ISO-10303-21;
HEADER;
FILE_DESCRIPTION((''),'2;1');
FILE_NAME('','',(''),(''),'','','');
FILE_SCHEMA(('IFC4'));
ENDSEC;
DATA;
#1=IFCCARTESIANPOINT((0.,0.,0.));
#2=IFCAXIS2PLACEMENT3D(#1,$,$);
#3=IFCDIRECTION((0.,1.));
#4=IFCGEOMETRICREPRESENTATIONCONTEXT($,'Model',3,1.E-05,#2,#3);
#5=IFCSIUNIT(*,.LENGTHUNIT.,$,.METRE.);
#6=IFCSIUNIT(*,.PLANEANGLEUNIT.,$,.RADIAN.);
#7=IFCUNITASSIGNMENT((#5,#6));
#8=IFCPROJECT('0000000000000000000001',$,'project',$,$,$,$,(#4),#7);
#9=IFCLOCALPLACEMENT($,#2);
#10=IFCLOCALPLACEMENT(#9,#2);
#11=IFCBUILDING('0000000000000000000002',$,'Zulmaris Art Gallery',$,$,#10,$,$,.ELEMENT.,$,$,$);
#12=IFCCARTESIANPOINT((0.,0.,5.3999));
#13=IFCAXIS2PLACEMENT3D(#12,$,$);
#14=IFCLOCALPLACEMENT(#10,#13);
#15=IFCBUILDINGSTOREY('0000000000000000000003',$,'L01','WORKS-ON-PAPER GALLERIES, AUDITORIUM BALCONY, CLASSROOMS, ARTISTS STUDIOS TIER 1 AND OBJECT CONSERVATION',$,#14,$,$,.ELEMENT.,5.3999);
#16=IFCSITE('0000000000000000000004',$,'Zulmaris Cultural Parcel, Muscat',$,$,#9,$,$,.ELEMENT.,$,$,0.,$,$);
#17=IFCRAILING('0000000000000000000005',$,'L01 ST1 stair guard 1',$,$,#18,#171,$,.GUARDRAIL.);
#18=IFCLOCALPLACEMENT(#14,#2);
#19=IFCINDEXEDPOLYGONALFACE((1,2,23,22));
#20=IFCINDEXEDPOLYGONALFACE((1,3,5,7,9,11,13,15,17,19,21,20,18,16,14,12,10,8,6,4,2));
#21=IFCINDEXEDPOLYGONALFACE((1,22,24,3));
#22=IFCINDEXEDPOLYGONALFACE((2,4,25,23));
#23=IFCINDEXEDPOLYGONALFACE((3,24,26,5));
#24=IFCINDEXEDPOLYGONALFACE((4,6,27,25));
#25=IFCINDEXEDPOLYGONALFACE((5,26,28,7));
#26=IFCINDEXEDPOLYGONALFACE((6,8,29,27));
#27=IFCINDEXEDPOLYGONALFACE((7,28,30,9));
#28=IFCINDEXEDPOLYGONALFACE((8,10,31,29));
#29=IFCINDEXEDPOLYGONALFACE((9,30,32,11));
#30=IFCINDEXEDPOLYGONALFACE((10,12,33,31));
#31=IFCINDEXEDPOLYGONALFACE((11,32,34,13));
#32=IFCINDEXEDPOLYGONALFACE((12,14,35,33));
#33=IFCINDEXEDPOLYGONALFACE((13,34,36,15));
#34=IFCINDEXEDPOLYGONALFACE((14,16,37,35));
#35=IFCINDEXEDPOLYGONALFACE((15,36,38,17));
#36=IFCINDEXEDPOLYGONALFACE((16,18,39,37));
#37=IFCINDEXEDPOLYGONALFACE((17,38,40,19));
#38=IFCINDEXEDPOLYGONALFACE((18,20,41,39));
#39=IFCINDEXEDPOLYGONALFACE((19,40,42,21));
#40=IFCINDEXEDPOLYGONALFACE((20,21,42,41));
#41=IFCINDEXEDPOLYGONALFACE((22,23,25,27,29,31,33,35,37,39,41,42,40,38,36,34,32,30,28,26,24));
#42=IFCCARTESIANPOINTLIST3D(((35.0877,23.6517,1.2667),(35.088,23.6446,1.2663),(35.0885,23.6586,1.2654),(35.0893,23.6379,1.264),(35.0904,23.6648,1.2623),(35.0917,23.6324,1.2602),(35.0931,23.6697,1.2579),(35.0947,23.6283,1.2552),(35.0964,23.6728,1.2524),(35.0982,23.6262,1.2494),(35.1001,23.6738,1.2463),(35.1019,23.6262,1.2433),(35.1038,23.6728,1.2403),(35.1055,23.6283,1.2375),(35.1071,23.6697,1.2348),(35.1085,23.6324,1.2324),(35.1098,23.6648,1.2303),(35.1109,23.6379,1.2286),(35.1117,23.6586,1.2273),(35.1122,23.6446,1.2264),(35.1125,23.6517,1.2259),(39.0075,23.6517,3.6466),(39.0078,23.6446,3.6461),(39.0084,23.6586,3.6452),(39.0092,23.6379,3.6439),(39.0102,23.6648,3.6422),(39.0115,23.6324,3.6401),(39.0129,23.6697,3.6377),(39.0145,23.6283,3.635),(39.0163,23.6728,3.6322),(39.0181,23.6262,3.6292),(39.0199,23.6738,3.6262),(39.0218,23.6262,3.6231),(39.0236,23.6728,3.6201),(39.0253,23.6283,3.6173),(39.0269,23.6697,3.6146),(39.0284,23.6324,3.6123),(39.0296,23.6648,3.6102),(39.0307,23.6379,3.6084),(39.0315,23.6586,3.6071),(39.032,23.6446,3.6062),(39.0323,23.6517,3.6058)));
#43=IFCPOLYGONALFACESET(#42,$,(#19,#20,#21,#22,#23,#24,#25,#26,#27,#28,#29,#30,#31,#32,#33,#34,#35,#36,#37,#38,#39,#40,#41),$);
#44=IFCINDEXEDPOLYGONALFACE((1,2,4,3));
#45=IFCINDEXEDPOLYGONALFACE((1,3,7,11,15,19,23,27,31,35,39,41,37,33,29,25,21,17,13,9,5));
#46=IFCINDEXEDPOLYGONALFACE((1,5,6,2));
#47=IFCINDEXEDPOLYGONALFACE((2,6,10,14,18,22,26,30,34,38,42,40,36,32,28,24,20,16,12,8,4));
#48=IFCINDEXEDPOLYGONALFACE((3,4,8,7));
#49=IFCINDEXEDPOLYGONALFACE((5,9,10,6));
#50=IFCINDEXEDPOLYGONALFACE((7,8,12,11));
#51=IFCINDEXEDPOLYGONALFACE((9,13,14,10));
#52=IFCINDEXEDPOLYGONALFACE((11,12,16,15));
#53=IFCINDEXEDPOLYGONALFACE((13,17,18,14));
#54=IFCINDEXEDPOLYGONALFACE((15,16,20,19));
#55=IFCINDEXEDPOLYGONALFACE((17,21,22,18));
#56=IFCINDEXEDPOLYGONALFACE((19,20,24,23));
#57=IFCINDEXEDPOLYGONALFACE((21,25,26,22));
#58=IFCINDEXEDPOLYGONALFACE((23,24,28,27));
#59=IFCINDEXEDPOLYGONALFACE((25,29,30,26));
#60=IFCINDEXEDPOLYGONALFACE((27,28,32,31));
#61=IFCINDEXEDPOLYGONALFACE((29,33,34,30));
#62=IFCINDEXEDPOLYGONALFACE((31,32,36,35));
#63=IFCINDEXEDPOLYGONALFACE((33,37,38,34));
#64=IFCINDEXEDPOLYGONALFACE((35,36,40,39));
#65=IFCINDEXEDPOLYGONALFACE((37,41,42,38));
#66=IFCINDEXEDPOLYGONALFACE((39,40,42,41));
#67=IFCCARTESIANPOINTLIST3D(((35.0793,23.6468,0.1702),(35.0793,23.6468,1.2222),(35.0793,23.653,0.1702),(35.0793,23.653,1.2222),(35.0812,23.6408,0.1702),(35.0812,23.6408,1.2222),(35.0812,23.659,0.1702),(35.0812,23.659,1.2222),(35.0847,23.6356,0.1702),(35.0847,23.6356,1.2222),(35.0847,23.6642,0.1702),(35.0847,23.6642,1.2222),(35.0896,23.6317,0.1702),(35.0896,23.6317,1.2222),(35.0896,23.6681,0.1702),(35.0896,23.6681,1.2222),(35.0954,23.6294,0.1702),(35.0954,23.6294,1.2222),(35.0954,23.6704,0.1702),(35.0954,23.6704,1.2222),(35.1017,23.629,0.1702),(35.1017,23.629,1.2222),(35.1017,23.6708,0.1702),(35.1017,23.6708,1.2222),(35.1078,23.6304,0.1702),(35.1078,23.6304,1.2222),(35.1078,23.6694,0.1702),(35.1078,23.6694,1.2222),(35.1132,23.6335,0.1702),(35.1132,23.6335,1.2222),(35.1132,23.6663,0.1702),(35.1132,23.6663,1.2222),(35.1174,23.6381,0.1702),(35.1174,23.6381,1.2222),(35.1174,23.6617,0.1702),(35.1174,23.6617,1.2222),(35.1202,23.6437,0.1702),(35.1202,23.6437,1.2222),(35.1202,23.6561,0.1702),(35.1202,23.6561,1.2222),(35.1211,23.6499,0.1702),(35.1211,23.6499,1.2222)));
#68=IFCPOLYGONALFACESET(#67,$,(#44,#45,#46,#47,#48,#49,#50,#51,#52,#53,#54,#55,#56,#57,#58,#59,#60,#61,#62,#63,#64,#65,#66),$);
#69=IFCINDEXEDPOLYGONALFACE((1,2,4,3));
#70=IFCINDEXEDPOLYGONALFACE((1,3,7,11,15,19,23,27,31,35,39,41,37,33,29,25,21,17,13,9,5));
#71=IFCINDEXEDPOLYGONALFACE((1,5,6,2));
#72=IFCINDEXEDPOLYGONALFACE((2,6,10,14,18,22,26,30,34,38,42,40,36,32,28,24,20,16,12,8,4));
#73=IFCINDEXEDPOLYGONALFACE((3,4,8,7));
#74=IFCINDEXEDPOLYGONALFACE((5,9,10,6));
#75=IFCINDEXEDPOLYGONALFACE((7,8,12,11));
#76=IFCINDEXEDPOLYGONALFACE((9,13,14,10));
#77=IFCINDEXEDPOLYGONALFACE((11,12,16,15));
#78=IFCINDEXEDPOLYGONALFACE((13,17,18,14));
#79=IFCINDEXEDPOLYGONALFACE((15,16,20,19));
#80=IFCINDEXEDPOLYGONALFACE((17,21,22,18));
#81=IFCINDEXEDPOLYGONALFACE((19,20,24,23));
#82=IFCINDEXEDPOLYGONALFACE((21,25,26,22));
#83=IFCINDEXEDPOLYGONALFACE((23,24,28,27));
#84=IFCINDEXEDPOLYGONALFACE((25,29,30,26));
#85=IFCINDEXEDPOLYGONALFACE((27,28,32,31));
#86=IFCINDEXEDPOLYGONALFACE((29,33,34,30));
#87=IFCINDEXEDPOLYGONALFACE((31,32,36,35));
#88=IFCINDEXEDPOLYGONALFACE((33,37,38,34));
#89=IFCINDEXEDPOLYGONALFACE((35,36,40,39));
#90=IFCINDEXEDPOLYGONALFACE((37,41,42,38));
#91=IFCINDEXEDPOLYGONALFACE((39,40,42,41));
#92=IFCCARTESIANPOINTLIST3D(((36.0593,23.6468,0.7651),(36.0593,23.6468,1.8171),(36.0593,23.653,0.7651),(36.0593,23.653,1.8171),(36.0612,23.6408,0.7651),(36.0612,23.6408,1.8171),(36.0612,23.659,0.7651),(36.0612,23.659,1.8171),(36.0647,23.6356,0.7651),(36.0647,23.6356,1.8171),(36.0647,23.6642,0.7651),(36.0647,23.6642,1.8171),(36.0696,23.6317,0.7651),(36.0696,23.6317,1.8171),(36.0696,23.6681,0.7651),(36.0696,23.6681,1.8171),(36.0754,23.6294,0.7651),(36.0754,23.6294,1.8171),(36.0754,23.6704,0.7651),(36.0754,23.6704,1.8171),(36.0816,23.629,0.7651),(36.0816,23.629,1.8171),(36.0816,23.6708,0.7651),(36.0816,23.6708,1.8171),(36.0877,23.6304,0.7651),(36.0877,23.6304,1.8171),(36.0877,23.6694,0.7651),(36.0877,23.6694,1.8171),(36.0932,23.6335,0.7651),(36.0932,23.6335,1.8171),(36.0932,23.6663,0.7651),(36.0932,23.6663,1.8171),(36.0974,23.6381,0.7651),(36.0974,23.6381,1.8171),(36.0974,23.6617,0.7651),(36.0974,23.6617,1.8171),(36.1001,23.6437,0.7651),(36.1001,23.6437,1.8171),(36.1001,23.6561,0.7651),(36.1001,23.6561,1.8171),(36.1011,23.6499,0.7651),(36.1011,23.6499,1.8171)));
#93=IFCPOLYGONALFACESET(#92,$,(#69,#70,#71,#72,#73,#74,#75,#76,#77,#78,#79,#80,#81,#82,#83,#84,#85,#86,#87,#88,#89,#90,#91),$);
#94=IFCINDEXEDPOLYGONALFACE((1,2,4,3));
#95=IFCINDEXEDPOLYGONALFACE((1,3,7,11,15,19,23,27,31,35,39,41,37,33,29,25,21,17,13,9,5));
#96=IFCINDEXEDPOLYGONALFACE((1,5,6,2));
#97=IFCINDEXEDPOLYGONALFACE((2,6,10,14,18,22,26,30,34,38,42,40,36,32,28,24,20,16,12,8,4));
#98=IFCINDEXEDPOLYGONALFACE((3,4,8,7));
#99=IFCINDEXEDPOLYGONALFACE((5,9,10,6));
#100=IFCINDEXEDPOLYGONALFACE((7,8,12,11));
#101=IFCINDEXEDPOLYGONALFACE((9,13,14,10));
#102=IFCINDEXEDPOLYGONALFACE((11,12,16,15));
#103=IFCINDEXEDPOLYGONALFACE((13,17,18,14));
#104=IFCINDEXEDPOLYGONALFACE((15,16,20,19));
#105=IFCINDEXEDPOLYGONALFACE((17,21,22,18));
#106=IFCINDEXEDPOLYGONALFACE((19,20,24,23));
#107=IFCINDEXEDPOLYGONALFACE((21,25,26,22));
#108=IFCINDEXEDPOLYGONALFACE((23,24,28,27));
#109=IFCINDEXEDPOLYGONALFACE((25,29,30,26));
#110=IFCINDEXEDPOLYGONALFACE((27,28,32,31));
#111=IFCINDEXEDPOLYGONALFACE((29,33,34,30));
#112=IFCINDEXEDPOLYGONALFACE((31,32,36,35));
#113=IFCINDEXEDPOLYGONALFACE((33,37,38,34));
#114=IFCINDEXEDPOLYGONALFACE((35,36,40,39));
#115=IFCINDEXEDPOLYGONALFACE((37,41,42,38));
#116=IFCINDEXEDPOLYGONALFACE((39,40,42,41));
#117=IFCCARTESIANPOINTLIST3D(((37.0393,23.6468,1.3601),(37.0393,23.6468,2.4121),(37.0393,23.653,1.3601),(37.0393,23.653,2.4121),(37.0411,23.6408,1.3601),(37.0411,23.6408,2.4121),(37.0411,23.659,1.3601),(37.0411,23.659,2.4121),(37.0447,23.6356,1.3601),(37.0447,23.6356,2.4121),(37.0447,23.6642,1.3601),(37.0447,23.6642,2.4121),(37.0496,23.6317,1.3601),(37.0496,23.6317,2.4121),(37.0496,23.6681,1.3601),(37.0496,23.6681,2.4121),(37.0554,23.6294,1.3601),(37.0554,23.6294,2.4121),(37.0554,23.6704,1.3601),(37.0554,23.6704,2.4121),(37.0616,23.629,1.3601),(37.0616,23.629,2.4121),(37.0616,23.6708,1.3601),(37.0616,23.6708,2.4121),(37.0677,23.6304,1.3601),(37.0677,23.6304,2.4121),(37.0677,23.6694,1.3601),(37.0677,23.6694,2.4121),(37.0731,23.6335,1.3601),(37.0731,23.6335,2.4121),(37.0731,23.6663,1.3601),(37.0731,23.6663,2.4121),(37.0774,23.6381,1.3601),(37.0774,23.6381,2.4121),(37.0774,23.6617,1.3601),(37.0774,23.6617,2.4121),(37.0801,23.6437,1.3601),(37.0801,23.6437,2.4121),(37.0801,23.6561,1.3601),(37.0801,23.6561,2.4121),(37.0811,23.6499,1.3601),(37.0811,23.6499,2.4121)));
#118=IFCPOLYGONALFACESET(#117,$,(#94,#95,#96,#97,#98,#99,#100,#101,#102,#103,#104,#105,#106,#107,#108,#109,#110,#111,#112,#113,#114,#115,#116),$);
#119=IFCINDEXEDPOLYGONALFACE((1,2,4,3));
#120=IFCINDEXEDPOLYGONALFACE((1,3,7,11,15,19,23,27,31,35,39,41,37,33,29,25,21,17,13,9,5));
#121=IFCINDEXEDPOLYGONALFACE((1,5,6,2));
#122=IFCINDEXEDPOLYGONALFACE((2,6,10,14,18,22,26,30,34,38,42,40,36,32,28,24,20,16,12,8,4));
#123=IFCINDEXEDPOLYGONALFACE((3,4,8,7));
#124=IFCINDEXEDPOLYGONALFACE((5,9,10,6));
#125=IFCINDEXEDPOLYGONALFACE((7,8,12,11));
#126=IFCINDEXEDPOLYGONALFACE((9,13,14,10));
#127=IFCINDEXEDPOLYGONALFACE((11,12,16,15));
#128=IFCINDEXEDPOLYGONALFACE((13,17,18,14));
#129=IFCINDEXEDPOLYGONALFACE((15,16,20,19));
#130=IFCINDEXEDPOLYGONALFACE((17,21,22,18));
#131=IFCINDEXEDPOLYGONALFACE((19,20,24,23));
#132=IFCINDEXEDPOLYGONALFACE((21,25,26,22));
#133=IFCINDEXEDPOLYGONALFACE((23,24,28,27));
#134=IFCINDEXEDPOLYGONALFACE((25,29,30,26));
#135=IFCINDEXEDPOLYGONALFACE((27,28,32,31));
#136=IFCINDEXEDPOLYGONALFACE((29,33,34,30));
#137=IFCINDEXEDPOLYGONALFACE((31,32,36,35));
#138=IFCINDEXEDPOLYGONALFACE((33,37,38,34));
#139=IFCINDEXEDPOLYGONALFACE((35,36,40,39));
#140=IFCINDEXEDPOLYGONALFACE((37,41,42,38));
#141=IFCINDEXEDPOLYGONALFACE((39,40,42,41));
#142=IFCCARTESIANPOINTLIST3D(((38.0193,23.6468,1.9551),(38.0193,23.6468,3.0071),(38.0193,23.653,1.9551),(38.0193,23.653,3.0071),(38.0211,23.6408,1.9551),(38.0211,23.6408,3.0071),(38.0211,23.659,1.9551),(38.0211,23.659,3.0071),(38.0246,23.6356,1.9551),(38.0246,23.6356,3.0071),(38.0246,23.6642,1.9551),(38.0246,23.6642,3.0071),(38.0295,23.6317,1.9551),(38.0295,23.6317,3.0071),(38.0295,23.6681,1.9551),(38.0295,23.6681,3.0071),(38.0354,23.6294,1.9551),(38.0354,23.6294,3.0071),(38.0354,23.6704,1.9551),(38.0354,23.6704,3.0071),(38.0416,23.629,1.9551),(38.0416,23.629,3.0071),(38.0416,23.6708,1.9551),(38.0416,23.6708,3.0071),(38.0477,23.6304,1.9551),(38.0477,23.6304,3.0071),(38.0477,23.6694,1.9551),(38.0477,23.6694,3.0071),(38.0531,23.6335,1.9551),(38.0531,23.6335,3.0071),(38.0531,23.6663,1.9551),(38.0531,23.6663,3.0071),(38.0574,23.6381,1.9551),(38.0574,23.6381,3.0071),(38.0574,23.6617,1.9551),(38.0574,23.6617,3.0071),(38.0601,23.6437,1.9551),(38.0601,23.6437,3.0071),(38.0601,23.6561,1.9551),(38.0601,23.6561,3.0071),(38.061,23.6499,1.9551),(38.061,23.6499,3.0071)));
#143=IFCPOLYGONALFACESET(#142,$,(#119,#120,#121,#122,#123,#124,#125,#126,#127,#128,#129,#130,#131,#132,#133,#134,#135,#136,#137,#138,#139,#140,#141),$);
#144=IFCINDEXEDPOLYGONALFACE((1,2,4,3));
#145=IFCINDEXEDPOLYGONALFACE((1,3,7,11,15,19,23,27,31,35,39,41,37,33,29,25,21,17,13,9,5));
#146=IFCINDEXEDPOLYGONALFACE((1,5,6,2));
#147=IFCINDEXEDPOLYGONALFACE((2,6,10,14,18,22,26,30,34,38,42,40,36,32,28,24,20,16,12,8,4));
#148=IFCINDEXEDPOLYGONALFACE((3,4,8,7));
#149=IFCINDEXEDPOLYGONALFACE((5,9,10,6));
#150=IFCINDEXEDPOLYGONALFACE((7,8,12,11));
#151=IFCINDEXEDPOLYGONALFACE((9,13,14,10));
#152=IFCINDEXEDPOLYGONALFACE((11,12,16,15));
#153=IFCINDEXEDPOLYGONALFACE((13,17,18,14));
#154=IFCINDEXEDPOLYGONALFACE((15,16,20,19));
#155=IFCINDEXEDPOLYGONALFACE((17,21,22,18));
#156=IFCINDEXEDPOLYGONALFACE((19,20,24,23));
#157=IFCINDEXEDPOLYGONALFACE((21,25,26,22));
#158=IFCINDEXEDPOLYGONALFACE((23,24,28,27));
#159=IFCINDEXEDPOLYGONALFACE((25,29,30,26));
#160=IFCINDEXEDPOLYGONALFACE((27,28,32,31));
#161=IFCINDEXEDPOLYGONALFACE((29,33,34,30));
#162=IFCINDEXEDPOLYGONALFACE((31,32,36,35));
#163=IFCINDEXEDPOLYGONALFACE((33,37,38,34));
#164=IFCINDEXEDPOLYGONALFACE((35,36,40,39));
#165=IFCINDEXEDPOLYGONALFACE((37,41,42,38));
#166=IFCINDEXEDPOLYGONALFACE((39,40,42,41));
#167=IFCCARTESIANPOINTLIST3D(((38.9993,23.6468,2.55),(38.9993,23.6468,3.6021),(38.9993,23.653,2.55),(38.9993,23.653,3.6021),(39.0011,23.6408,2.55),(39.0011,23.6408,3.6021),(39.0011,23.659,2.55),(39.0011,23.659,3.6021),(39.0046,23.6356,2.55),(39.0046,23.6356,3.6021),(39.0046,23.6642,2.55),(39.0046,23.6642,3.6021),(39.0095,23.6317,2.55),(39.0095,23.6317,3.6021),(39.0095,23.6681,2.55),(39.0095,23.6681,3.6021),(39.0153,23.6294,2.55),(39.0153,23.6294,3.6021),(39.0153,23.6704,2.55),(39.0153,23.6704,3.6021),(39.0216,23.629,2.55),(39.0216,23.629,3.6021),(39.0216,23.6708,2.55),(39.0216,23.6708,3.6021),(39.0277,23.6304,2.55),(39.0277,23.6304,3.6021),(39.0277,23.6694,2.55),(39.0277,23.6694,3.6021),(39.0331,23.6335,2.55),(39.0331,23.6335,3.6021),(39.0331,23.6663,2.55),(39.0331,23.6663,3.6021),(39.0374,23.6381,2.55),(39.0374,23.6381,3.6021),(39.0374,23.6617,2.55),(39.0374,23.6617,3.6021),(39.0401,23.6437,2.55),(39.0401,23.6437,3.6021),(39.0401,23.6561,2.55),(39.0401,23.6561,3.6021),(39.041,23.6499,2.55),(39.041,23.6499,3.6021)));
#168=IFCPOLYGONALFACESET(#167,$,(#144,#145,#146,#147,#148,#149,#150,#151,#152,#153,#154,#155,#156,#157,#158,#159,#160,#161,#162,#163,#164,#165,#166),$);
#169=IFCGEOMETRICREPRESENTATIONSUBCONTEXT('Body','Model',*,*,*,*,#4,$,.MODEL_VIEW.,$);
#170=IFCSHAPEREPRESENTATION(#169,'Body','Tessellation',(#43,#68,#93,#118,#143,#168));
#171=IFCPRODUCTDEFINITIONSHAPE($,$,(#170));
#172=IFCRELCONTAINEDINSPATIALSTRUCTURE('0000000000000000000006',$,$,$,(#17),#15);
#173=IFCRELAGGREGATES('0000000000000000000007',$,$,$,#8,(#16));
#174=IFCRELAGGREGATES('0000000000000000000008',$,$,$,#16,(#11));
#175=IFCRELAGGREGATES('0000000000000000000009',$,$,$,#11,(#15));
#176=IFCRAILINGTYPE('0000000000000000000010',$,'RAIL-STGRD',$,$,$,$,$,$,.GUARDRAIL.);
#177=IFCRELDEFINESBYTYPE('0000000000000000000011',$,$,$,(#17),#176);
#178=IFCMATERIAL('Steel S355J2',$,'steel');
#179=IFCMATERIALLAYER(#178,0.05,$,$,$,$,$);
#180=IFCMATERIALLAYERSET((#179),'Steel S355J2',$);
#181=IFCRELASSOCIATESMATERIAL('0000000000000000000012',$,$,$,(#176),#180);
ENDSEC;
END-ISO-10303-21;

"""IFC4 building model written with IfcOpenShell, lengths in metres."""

from ifc_helpers import new_model, si_unit, direction, frame, origin, origin_2d, place, context, subcontext, project, spatial, circle, extrude, material, layer, layer_set, type_object, element, save


model = new_model("IFC4")

# Units and contexts
model_context = context("Model", 3, precision=1e-05, world=origin(), true_north=direction((0.0, 1.0)))
body_context = subcontext(model_context, "Body", "Model", "MODEL_VIEW")
ifc_project = project(units=[si_unit("LENGTHUNIT", "METRE"), si_unit("PLANEANGLEUNIT", "RADIAN")], contexts=[model_context])

# Site, building, storey
site_placement = place(None, origin())
site = spatial("IfcSite", under=ifc_project, at=site_placement, Name="Zulmaris Cultural Parcel, Muscat", CompositionType="ELEMENT", RefElevation=0.0)
building_placement = place(site_placement, origin())
building = spatial("IfcBuilding", under=site, at=building_placement, Name="Zulmaris Art Gallery", CompositionType="ELEMENT")
storey_placement = place(building_placement, frame((0.0, 0.0, 5.3999)))
storey = spatial("IfcBuildingStorey", under=building, at=storey_placement, Name="L01", Description="WORKS-ON-PAPER GALLERIES, AUDITORIUM BALCONY, CLASSROOMS, ARTISTS STUDIOS TIER 1 AND OBJECT CONSERVATION", CompositionType="ELEMENT", Elevation=5.3999)

# Shared definitions
ifc_material_1 = material(Name="Steel S355J2", Category="steel")

# Railing
ifc_layer_1 = layer(ifc_material_1, 0.05)
ifc_layer_set_1 = layer_set([ifc_layer_1], Name="Steel S355J2")
railing_type = type_object("IfcRailingType", Name="RAIL-STGRD", PredefinedType="GUARDRAIL", material=ifc_layer_set_1)
railing_1_placement = place(storey_placement, frame((35.1001, 23.6499, 0.1702)))
element("IfcRailing", 1, at=railing_1_placement, inside=storey, type_object=railing_type, Name="L01 ST1 stair guard 1", PredefinedType="GUARDRAIL", context=body_context, shape_type="SweptSolid", body=[
    extrude(circle(Radius=0.0239, at=origin_2d()), frame((0.0, 0.0, 1.0762), z_axis=(0.854794, 0.0, 0.518967), x_axis=(0.0, 1.0, 0.0)), (0.0, 0.0, 1.0), 4.5857),
    extrude(circle(Radius=0.021, at=origin_2d()), origin(), (0.0, 0.0, 1.0), 1.052),
    extrude(circle(Radius=0.021, at=origin_2d()), frame((0.98, 0.0, 0.595)), (0.0, 0.0, 1.0), 1.052),
    extrude(circle(Radius=0.021, at=origin_2d()), frame((1.96, 0.0, 1.1899)), (0.0, 0.0, 1.0), 1.052),
    extrude(circle(Radius=0.021, at=origin_2d()), frame((2.9399, 0.0, 1.7849)), (0.0, 0.0, 1.0), 1.052),
    extrude(circle(Radius=0.021, at=origin_2d()), frame((3.9199, 0.0, 2.3799)), (0.0, 0.0, 1.0), 1.052),
])

save(model, "model.ifc")
